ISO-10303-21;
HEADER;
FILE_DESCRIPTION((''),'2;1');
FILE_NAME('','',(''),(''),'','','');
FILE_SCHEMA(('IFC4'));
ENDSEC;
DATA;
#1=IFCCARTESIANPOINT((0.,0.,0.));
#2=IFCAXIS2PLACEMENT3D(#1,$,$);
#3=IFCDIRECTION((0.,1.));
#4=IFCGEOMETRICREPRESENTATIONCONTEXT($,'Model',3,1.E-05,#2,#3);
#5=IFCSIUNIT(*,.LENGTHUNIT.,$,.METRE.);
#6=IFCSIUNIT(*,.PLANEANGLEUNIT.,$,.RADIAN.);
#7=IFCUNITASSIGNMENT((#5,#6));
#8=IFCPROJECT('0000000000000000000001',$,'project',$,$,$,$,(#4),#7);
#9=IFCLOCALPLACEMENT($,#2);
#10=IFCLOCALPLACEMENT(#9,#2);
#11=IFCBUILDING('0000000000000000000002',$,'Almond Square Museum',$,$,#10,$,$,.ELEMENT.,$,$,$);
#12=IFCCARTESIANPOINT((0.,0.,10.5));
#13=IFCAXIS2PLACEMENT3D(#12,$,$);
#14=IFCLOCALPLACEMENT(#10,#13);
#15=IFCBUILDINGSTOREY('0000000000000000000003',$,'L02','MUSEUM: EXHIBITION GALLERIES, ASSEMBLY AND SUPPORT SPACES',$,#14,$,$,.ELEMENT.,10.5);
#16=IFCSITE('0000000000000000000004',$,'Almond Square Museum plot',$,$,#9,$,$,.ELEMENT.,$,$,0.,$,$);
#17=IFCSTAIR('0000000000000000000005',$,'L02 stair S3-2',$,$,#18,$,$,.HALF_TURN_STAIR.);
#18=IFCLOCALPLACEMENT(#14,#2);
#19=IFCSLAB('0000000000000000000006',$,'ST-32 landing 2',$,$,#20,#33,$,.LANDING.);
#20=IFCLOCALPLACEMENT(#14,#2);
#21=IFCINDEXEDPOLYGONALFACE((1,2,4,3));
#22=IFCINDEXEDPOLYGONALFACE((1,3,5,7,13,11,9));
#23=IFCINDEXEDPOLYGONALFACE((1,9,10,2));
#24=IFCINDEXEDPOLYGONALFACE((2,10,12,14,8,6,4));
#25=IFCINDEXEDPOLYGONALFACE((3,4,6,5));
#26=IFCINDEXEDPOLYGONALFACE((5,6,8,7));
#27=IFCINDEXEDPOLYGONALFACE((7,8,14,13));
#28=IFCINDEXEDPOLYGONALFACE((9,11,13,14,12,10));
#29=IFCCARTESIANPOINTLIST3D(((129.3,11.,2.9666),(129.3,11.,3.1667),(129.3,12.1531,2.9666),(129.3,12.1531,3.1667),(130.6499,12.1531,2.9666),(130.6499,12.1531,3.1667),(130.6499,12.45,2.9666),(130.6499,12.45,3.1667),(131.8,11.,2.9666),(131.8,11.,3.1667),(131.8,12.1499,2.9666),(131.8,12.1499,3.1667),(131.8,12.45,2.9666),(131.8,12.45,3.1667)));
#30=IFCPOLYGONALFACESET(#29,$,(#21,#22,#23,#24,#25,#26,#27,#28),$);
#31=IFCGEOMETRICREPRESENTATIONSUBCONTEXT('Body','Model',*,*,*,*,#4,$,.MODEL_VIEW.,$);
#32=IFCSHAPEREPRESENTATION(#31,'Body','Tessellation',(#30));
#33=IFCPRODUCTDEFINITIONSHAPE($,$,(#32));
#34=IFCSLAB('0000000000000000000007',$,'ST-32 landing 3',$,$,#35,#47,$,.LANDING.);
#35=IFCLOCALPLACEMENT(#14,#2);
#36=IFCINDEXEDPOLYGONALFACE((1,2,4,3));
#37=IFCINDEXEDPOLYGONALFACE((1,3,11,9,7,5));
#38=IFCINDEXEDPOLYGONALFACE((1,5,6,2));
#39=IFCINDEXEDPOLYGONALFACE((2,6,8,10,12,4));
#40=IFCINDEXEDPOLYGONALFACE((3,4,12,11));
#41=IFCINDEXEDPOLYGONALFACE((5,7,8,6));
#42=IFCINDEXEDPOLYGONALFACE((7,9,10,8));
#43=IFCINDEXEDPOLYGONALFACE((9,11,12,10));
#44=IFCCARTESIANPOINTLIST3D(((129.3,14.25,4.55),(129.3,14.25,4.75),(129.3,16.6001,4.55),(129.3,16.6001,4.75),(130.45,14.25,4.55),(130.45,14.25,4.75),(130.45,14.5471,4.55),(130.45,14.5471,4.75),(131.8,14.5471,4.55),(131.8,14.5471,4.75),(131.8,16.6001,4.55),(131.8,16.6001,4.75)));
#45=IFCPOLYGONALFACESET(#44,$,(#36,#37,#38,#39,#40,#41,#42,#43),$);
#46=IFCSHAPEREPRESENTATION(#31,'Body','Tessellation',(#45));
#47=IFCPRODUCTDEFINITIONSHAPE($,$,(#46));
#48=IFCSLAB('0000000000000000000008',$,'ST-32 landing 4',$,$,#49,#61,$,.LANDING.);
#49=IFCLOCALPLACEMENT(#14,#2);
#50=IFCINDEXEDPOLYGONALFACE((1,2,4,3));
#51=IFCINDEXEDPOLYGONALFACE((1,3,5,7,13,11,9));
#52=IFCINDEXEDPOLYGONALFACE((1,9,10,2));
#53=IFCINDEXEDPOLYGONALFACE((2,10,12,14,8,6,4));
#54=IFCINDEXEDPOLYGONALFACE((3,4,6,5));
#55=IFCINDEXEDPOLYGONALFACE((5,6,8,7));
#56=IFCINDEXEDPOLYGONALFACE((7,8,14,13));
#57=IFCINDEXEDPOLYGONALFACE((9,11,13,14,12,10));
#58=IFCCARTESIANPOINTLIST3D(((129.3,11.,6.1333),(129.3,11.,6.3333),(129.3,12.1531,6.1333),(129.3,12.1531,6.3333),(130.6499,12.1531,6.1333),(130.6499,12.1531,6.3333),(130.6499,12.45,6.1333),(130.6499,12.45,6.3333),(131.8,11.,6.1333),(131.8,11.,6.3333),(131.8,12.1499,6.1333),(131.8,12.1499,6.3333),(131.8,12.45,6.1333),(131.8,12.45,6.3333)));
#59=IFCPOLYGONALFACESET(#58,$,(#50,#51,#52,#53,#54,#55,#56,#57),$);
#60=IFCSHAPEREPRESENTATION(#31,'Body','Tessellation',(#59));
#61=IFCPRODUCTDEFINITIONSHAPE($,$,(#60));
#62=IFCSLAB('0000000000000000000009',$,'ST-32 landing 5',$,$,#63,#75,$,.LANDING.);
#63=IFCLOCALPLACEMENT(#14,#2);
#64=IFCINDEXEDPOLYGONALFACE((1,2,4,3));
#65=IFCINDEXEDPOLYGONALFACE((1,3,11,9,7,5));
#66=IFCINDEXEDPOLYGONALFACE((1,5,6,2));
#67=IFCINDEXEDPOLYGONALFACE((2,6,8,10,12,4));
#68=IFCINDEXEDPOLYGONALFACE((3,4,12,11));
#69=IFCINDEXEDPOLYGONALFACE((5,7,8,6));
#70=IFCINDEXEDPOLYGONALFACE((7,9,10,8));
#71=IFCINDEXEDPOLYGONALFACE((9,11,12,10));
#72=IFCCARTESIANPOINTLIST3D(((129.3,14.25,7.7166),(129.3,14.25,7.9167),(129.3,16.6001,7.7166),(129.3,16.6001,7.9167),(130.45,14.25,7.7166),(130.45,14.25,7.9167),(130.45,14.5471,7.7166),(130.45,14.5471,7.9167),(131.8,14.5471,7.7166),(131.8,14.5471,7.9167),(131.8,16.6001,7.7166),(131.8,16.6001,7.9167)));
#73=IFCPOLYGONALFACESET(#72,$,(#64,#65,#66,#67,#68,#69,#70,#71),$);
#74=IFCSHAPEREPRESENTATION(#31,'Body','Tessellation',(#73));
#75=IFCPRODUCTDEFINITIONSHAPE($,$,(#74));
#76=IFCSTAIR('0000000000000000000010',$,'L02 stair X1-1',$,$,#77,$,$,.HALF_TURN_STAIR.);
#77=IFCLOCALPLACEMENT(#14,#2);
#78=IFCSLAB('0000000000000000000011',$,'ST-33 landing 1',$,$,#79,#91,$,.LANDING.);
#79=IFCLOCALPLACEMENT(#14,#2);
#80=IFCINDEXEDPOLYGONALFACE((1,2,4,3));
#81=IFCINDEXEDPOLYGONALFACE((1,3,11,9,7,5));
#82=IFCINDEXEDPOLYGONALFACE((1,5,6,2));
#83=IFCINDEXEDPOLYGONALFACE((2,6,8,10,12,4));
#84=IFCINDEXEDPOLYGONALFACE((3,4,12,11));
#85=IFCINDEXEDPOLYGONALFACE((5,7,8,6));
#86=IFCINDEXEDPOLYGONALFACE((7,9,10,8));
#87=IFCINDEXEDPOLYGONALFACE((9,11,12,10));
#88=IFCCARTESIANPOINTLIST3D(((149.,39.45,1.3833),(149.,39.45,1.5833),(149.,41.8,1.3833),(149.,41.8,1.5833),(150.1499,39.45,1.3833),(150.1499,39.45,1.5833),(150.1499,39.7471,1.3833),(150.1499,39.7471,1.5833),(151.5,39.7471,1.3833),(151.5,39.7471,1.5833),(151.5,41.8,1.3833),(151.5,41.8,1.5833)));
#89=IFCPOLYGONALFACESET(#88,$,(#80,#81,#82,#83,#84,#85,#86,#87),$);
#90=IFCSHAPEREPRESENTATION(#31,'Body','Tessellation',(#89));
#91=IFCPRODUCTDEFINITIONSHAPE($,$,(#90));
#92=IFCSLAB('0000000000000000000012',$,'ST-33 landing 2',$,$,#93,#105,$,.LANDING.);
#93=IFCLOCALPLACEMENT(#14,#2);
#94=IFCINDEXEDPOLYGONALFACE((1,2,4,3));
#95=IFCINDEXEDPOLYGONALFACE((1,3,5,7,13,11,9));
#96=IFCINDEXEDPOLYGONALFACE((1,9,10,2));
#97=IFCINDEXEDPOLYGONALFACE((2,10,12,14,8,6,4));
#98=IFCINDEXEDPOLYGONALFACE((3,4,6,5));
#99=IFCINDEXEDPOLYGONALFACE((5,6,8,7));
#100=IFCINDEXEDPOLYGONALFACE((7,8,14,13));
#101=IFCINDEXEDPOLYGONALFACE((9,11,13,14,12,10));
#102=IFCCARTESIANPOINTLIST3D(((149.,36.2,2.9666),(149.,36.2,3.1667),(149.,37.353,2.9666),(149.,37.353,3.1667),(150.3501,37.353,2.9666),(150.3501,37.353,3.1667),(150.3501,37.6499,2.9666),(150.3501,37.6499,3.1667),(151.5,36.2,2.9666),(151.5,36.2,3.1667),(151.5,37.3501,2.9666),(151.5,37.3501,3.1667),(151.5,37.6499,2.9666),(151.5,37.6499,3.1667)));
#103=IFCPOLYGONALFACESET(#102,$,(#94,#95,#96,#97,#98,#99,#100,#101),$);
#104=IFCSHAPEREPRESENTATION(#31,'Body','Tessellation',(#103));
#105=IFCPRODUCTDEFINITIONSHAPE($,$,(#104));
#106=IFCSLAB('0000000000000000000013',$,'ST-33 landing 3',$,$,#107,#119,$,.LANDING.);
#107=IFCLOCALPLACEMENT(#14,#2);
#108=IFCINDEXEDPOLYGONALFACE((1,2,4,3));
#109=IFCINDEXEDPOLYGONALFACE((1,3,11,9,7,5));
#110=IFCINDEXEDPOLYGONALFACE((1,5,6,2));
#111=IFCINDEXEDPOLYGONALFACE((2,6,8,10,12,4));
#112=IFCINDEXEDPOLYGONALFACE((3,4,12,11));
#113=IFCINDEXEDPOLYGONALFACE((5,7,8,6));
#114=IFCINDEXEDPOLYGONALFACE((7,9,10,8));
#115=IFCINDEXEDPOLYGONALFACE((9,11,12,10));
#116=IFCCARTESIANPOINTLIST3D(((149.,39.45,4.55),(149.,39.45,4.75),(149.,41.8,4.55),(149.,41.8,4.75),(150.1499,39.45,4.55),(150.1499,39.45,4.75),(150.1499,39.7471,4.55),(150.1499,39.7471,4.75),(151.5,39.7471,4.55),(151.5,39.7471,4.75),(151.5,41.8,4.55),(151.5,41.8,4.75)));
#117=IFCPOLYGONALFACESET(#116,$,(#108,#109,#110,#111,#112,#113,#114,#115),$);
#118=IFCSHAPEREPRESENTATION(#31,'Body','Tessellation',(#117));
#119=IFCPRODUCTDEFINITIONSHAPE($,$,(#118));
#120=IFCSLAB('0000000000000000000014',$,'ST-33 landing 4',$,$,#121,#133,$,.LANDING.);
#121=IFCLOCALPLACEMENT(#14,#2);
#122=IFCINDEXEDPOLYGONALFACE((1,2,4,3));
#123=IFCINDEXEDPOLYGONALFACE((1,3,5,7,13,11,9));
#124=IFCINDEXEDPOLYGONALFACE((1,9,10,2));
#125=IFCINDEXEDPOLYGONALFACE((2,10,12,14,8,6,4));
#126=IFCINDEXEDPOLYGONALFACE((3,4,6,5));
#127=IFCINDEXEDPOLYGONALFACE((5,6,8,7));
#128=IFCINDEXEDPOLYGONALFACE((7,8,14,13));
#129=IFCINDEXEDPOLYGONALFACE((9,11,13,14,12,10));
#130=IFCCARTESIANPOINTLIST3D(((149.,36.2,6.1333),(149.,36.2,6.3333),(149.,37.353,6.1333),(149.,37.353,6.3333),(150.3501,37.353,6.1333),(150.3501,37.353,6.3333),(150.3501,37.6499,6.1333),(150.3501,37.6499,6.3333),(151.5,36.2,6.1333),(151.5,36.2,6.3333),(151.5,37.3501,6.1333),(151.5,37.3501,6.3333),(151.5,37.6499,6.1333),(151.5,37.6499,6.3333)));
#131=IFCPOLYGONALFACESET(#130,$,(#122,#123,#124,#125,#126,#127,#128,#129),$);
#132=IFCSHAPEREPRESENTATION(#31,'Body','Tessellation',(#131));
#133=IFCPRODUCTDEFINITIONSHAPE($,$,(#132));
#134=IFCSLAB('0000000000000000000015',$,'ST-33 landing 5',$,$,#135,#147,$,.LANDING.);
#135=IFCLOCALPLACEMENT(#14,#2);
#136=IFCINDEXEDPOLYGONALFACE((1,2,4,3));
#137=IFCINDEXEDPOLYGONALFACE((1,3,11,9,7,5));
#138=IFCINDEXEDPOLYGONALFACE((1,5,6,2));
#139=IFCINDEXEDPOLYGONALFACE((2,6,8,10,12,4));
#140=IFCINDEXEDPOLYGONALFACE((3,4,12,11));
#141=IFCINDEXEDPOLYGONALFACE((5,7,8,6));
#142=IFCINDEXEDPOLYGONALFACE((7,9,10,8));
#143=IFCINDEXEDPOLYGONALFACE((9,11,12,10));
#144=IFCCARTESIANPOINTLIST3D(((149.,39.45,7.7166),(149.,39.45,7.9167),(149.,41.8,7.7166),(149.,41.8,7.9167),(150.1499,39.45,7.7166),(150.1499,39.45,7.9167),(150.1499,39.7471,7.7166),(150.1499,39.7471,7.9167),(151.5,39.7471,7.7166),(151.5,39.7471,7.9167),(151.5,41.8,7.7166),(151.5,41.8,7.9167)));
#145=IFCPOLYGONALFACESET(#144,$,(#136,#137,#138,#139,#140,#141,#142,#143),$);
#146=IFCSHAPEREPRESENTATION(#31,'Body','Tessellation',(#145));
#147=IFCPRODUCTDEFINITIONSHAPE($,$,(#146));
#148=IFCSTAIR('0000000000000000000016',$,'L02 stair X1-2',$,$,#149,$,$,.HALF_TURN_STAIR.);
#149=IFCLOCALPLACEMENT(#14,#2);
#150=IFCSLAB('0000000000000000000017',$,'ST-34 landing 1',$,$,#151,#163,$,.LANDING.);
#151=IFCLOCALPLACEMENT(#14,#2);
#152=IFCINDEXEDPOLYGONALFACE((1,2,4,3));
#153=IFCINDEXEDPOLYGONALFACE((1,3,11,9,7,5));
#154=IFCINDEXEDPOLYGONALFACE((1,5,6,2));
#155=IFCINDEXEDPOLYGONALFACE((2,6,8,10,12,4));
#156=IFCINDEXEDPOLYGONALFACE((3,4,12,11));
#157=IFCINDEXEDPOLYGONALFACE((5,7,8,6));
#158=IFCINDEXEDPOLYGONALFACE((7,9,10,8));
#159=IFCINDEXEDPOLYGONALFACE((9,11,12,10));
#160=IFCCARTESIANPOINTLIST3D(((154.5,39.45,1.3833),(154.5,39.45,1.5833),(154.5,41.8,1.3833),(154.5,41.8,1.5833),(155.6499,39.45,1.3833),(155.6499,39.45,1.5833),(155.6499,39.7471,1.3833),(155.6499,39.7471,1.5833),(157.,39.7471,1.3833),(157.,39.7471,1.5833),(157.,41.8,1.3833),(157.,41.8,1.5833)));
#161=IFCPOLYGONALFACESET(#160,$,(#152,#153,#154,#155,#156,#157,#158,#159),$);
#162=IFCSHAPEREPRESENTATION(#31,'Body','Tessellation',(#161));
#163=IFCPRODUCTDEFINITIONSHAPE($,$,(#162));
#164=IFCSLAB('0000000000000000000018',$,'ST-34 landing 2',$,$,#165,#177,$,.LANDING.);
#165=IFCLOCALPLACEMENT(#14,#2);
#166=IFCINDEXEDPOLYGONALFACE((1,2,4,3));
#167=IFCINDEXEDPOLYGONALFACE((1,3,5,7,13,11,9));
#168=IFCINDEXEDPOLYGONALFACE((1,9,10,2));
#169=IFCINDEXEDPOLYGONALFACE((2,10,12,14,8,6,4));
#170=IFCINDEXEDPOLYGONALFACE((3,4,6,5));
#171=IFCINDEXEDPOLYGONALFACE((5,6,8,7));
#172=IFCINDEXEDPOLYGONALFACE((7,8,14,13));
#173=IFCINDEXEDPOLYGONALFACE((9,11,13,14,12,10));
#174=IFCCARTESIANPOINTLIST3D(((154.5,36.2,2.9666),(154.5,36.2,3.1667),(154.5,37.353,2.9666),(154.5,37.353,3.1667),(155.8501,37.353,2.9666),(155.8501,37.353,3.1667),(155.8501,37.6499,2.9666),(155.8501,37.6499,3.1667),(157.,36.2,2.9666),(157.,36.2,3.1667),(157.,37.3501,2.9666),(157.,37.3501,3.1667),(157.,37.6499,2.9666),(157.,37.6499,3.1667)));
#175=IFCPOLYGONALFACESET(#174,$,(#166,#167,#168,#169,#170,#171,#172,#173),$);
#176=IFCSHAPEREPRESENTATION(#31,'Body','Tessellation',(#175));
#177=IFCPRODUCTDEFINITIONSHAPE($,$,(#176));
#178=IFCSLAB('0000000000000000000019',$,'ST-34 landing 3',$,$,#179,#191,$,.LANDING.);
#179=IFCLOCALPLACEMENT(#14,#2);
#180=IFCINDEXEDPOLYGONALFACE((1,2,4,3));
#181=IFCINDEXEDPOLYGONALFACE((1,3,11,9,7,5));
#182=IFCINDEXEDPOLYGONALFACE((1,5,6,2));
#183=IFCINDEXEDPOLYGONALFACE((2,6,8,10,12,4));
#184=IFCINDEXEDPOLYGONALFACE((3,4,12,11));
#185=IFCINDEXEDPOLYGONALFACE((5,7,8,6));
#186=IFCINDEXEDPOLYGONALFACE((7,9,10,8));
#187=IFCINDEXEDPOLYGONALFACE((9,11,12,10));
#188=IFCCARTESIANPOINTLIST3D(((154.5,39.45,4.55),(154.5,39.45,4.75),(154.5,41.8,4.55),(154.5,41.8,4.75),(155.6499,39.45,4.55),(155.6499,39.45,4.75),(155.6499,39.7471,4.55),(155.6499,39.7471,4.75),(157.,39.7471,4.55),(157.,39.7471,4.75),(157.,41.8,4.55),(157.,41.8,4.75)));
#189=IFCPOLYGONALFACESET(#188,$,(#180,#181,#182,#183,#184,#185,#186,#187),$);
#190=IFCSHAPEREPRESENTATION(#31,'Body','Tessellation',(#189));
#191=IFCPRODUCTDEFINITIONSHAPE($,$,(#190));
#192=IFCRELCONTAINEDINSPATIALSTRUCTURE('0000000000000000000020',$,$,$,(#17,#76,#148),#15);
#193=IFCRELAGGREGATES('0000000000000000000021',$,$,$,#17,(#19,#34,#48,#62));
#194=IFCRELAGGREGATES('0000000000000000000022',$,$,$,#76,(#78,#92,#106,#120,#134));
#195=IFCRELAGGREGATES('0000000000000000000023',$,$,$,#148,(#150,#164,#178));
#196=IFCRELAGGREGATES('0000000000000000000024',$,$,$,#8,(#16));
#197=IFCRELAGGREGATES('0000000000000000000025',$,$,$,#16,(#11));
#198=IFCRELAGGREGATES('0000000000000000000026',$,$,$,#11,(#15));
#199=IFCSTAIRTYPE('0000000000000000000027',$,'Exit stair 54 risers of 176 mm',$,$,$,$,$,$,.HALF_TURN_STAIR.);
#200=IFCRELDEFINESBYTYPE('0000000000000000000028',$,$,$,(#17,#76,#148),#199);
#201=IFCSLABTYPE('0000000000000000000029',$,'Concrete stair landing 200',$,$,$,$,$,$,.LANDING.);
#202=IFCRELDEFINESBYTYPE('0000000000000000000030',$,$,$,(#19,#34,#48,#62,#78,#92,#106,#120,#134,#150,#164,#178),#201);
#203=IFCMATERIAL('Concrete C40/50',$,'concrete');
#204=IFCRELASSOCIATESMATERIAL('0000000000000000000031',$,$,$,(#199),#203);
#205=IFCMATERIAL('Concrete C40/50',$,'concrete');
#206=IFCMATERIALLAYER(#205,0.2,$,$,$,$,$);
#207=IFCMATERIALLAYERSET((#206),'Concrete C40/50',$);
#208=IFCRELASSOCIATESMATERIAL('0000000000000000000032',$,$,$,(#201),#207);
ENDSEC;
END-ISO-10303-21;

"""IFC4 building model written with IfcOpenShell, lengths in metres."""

from ifc_helpers import new_model, si_unit, direction, frame, origin, place, context, subcontext, project, spatial, polyline, outline, extrude, material, layer, layer_set, type_object, element, aggregate, save


model = new_model("IFC4")

# Units and contexts
model_context = context("Model", 3, precision=1e-05, world=origin(), true_north=direction((0.0, 1.0)))
body_context = subcontext(model_context, "Body", "Model", "MODEL_VIEW")
ifc_project = project(units=[si_unit("LENGTHUNIT", "METRE"), si_unit("PLANEANGLEUNIT", "RADIAN")], contexts=[model_context])

# Site, building, storey
site_placement = place(None, origin())
site = spatial("IfcSite", under=ifc_project, at=site_placement, Name="Almond Square Museum plot", CompositionType="ELEMENT", RefElevation=0.0)
building_placement = place(site_placement, origin())
building = spatial("IfcBuilding", under=site, at=building_placement, Name="Almond Square Museum", CompositionType="ELEMENT")
storey_placement = place(building_placement, frame((0.0, 0.0, 10.5)))
storey = spatial("IfcBuildingStorey", under=building, at=storey_placement, Name="L02", Description="MUSEUM: EXHIBITION GALLERIES, ASSEMBLY AND SUPPORT SPACES", CompositionType="ELEMENT", Elevation=10.5)

# Stairs, slabs
ifc_material_1 = material(Name="Concrete C40/50", Category="concrete")
stair_type = type_object("IfcStairType", Name="Exit stair 54 risers of 176 mm", PredefinedType="HALF_TURN_STAIR", material=ifc_material_1)
ifc_material_2 = material(Name="Concrete C40/50", Category="concrete")
ifc_layer = layer(ifc_material_2, 0.2)
ifc_layer_set = layer_set([ifc_layer], Name="Concrete C40/50")
slab_type = type_object("IfcSlabType", Name="Concrete stair landing 200", PredefinedType="LANDING", material=ifc_layer_set)
stair_1_placement = place(storey_placement, origin())
stair_1 = element("IfcStair", 1, at=stair_1_placement, inside=storey, type_object=stair_type, Name="L02 stair S3-2", PredefinedType="HALF_TURN_STAIR")
slab_1_placement = place(storey_placement, frame((0.0, 0.0, 2.9666)))
slab_1 = element("IfcSlab", 2, at=slab_1_placement, type_object=slab_type, Name="ST-32 landing 2", PredefinedType="LANDING", context=body_context, shape_type="SweptSolid", body=[
    extrude(outline(polyline([(131.8, 11.0), (131.8, 12.1499), (131.8, 12.45), (130.6499, 12.45), (130.6499, 12.1531), (129.3, 12.1531), (129.3, 11.0), (131.8, 11.0)])), origin(), (0.0, 0.0, 1.0), 0.2002),
])
slab_2_placement = place(storey_placement, frame((0.0, 0.0, 4.55)))
slab_2 = element("IfcSlab", 3, at=slab_2_placement, type_object=slab_type, Name="ST-32 landing 3", PredefinedType="LANDING", context=body_context, shape_type="SweptSolid", body=[
    extrude(outline(polyline([(131.8, 14.5471), (131.8, 16.6001), (129.3, 16.6001), (129.3, 14.25), (130.45, 14.25), (130.45, 14.5471), (131.8, 14.5471)])), origin(), (0.0, 0.0, 1.0), 0.2),
])
slab_3_placement = place(storey_placement, frame((0.0, 0.0, 6.1333)))
slab_3 = element("IfcSlab", 4, at=slab_3_placement, type_object=slab_type, Name="ST-32 landing 4", PredefinedType="LANDING", context=body_context, shape_type="SweptSolid", body=[
    extrude(outline(polyline([(131.8, 11.0), (131.8, 12.1499), (131.8, 12.45), (130.6499, 12.45), (130.6499, 12.1531), (129.3, 12.1531), (129.3, 11.0), (131.8, 11.0)])), origin(), (0.0, 0.0, 1.0), 0.2),
])
slab_4_placement = place(storey_placement, frame((0.0, 0.0, 7.7166)))
slab_4 = element("IfcSlab", 5, at=slab_4_placement, type_object=slab_type, Name="ST-32 landing 5", PredefinedType="LANDING", context=body_context, shape_type="SweptSolid", body=[
    extrude(outline(polyline([(131.8, 14.5471), (131.8, 16.6001), (129.3, 16.6001), (129.3, 14.25), (130.45, 14.25), (130.45, 14.5471), (131.8, 14.5471)])), origin(), (0.0, 0.0, 1.0), 0.2002),
])
aggregate(stair_1, [slab_1, slab_2, slab_3, slab_4])
stair_2_placement = place(storey_placement, origin())
stair_2 = element("IfcStair", 6, at=stair_2_placement, inside=storey, type_object=stair_type, Name="L02 stair X1-1", PredefinedType="HALF_TURN_STAIR")
slab_5_placement = place(storey_placement, frame((0.0, 0.0, 1.3833)))
slab_5 = element("IfcSlab", 7, at=slab_5_placement, type_object=slab_type, Name="ST-33 landing 1", PredefinedType="LANDING", context=body_context, shape_type="SweptSolid", body=[
    extrude(outline(polyline([(151.5, 39.7471), (151.5, 41.8), (149.0, 41.8), (149.0, 39.45), (150.1499, 39.45), (150.1499, 39.7471), (151.5, 39.7471)])), origin(), (0.0, 0.0, 1.0), 0.2),
])
slab_6_placement = place(storey_placement, frame((0.0, 0.0, 2.9666)))
slab_6 = element("IfcSlab", 8, at=slab_6_placement, type_object=slab_type, Name="ST-33 landing 2", PredefinedType="LANDING", context=body_context, shape_type="SweptSolid", body=[
    extrude(outline(polyline([(151.5, 36.2), (151.5, 37.3501), (151.5, 37.6499), (150.3501, 37.6499), (150.3501, 37.353), (149.0, 37.353), (149.0, 36.2), (151.5, 36.2)])), origin(), (0.0, 0.0, 1.0), 0.2002),
])
slab_7_placement = place(storey_placement, frame((0.0, 0.0, 4.55)))
slab_7 = element("IfcSlab", 9, at=slab_7_placement, type_object=slab_type, Name="ST-33 landing 3", PredefinedType="LANDING", context=body_context, shape_type="SweptSolid", body=[
    extrude(outline(polyline([(151.5, 39.7471), (151.5, 41.8), (149.0, 41.8), (149.0, 39.45), (150.1499, 39.45), (150.1499, 39.7471), (151.5, 39.7471)])), origin(), (0.0, 0.0, 1.0), 0.2),
])
slab_8_placement = place(storey_placement, frame((0.0, 0.0, 6.1333)))
slab_8 = element("IfcSlab", 10, at=slab_8_placement, type_object=slab_type, Name="ST-33 landing 4", PredefinedType="LANDING", context=body_context, shape_type="SweptSolid", body=[
    extrude(outline(polyline([(151.5, 36.2), (151.5, 37.3501), (151.5, 37.6499), (150.3501, 37.6499), (150.3501, 37.353), (149.0, 37.353), (149.0, 36.2), (151.5, 36.2)])), origin(), (0.0, 0.0, 1.0), 0.2),
])
slab_9_placement = place(storey_placement, frame((0.0, 0.0, 7.7166)))
slab_9 = element("IfcSlab", 11, at=slab_9_placement, type_object=slab_type, Name="ST-33 landing 5", PredefinedType="LANDING", context=body_context, shape_type="SweptSolid", body=[
    extrude(outline(polyline([(151.5, 39.7471), (151.5, 41.8), (149.0, 41.8), (149.0, 39.45), (150.1499, 39.45), (150.1499, 39.7471), (151.5, 39.7471)])), origin(), (0.0, 0.0, 1.0), 0.2002),
])
aggregate(stair_2, [slab_5, slab_6, slab_7, slab_8, slab_9])
stair_3_placement = place(storey_placement, origin())
stair_3 = element("IfcStair", 12, at=stair_3_placement, inside=storey, type_object=stair_type, Name="L02 stair X1-2", PredefinedType="HALF_TURN_STAIR")
slab_10_placement = place(storey_placement, frame((0.0, 0.0, 1.3833)))
slab_10 = element("IfcSlab", 13, at=slab_10_placement, type_object=slab_type, Name="ST-34 landing 1", PredefinedType="LANDING", context=body_context, shape_type="SweptSolid", body=[
    extrude(outline(polyline([(157.0, 39.7471), (157.0, 41.8), (154.5, 41.8), (154.5, 39.45), (155.6499, 39.45), (155.6499, 39.7471), (157.0, 39.7471)])), origin(), (0.0, 0.0, 1.0), 0.2),
])
slab_11_placement = place(storey_placement, frame((0.0, 0.0, 2.9666)))
slab_11 = element("IfcSlab", 14, at=slab_11_placement, type_object=slab_type, Name="ST-34 landing 2", PredefinedType="LANDING", context=body_context, shape_type="SweptSolid", body=[
    extrude(outline(polyline([(157.0, 36.2), (157.0, 37.3501), (157.0, 37.6499), (155.8501, 37.6499), (155.8501, 37.353), (154.5, 37.353), (154.5, 36.2), (157.0, 36.2)])), origin(), (0.0, 0.0, 1.0), 0.2002),
])
slab_12_placement = place(storey_placement, frame((0.0, 0.0, 4.55)))
slab_12 = element("IfcSlab", 15, at=slab_12_placement, type_object=slab_type, Name="ST-34 landing 3", PredefinedType="LANDING", context=body_context, shape_type="SweptSolid", body=[
    extrude(outline(polyline([(157.0, 39.7471), (157.0, 41.8), (154.5, 41.8), (154.5, 39.45), (155.6499, 39.45), (155.6499, 39.7471), (157.0, 39.7471)])), origin(), (0.0, 0.0, 1.0), 0.2),
])
aggregate(stair_3, [slab_10, slab_11, slab_12])

save(model, "model.ifc")
